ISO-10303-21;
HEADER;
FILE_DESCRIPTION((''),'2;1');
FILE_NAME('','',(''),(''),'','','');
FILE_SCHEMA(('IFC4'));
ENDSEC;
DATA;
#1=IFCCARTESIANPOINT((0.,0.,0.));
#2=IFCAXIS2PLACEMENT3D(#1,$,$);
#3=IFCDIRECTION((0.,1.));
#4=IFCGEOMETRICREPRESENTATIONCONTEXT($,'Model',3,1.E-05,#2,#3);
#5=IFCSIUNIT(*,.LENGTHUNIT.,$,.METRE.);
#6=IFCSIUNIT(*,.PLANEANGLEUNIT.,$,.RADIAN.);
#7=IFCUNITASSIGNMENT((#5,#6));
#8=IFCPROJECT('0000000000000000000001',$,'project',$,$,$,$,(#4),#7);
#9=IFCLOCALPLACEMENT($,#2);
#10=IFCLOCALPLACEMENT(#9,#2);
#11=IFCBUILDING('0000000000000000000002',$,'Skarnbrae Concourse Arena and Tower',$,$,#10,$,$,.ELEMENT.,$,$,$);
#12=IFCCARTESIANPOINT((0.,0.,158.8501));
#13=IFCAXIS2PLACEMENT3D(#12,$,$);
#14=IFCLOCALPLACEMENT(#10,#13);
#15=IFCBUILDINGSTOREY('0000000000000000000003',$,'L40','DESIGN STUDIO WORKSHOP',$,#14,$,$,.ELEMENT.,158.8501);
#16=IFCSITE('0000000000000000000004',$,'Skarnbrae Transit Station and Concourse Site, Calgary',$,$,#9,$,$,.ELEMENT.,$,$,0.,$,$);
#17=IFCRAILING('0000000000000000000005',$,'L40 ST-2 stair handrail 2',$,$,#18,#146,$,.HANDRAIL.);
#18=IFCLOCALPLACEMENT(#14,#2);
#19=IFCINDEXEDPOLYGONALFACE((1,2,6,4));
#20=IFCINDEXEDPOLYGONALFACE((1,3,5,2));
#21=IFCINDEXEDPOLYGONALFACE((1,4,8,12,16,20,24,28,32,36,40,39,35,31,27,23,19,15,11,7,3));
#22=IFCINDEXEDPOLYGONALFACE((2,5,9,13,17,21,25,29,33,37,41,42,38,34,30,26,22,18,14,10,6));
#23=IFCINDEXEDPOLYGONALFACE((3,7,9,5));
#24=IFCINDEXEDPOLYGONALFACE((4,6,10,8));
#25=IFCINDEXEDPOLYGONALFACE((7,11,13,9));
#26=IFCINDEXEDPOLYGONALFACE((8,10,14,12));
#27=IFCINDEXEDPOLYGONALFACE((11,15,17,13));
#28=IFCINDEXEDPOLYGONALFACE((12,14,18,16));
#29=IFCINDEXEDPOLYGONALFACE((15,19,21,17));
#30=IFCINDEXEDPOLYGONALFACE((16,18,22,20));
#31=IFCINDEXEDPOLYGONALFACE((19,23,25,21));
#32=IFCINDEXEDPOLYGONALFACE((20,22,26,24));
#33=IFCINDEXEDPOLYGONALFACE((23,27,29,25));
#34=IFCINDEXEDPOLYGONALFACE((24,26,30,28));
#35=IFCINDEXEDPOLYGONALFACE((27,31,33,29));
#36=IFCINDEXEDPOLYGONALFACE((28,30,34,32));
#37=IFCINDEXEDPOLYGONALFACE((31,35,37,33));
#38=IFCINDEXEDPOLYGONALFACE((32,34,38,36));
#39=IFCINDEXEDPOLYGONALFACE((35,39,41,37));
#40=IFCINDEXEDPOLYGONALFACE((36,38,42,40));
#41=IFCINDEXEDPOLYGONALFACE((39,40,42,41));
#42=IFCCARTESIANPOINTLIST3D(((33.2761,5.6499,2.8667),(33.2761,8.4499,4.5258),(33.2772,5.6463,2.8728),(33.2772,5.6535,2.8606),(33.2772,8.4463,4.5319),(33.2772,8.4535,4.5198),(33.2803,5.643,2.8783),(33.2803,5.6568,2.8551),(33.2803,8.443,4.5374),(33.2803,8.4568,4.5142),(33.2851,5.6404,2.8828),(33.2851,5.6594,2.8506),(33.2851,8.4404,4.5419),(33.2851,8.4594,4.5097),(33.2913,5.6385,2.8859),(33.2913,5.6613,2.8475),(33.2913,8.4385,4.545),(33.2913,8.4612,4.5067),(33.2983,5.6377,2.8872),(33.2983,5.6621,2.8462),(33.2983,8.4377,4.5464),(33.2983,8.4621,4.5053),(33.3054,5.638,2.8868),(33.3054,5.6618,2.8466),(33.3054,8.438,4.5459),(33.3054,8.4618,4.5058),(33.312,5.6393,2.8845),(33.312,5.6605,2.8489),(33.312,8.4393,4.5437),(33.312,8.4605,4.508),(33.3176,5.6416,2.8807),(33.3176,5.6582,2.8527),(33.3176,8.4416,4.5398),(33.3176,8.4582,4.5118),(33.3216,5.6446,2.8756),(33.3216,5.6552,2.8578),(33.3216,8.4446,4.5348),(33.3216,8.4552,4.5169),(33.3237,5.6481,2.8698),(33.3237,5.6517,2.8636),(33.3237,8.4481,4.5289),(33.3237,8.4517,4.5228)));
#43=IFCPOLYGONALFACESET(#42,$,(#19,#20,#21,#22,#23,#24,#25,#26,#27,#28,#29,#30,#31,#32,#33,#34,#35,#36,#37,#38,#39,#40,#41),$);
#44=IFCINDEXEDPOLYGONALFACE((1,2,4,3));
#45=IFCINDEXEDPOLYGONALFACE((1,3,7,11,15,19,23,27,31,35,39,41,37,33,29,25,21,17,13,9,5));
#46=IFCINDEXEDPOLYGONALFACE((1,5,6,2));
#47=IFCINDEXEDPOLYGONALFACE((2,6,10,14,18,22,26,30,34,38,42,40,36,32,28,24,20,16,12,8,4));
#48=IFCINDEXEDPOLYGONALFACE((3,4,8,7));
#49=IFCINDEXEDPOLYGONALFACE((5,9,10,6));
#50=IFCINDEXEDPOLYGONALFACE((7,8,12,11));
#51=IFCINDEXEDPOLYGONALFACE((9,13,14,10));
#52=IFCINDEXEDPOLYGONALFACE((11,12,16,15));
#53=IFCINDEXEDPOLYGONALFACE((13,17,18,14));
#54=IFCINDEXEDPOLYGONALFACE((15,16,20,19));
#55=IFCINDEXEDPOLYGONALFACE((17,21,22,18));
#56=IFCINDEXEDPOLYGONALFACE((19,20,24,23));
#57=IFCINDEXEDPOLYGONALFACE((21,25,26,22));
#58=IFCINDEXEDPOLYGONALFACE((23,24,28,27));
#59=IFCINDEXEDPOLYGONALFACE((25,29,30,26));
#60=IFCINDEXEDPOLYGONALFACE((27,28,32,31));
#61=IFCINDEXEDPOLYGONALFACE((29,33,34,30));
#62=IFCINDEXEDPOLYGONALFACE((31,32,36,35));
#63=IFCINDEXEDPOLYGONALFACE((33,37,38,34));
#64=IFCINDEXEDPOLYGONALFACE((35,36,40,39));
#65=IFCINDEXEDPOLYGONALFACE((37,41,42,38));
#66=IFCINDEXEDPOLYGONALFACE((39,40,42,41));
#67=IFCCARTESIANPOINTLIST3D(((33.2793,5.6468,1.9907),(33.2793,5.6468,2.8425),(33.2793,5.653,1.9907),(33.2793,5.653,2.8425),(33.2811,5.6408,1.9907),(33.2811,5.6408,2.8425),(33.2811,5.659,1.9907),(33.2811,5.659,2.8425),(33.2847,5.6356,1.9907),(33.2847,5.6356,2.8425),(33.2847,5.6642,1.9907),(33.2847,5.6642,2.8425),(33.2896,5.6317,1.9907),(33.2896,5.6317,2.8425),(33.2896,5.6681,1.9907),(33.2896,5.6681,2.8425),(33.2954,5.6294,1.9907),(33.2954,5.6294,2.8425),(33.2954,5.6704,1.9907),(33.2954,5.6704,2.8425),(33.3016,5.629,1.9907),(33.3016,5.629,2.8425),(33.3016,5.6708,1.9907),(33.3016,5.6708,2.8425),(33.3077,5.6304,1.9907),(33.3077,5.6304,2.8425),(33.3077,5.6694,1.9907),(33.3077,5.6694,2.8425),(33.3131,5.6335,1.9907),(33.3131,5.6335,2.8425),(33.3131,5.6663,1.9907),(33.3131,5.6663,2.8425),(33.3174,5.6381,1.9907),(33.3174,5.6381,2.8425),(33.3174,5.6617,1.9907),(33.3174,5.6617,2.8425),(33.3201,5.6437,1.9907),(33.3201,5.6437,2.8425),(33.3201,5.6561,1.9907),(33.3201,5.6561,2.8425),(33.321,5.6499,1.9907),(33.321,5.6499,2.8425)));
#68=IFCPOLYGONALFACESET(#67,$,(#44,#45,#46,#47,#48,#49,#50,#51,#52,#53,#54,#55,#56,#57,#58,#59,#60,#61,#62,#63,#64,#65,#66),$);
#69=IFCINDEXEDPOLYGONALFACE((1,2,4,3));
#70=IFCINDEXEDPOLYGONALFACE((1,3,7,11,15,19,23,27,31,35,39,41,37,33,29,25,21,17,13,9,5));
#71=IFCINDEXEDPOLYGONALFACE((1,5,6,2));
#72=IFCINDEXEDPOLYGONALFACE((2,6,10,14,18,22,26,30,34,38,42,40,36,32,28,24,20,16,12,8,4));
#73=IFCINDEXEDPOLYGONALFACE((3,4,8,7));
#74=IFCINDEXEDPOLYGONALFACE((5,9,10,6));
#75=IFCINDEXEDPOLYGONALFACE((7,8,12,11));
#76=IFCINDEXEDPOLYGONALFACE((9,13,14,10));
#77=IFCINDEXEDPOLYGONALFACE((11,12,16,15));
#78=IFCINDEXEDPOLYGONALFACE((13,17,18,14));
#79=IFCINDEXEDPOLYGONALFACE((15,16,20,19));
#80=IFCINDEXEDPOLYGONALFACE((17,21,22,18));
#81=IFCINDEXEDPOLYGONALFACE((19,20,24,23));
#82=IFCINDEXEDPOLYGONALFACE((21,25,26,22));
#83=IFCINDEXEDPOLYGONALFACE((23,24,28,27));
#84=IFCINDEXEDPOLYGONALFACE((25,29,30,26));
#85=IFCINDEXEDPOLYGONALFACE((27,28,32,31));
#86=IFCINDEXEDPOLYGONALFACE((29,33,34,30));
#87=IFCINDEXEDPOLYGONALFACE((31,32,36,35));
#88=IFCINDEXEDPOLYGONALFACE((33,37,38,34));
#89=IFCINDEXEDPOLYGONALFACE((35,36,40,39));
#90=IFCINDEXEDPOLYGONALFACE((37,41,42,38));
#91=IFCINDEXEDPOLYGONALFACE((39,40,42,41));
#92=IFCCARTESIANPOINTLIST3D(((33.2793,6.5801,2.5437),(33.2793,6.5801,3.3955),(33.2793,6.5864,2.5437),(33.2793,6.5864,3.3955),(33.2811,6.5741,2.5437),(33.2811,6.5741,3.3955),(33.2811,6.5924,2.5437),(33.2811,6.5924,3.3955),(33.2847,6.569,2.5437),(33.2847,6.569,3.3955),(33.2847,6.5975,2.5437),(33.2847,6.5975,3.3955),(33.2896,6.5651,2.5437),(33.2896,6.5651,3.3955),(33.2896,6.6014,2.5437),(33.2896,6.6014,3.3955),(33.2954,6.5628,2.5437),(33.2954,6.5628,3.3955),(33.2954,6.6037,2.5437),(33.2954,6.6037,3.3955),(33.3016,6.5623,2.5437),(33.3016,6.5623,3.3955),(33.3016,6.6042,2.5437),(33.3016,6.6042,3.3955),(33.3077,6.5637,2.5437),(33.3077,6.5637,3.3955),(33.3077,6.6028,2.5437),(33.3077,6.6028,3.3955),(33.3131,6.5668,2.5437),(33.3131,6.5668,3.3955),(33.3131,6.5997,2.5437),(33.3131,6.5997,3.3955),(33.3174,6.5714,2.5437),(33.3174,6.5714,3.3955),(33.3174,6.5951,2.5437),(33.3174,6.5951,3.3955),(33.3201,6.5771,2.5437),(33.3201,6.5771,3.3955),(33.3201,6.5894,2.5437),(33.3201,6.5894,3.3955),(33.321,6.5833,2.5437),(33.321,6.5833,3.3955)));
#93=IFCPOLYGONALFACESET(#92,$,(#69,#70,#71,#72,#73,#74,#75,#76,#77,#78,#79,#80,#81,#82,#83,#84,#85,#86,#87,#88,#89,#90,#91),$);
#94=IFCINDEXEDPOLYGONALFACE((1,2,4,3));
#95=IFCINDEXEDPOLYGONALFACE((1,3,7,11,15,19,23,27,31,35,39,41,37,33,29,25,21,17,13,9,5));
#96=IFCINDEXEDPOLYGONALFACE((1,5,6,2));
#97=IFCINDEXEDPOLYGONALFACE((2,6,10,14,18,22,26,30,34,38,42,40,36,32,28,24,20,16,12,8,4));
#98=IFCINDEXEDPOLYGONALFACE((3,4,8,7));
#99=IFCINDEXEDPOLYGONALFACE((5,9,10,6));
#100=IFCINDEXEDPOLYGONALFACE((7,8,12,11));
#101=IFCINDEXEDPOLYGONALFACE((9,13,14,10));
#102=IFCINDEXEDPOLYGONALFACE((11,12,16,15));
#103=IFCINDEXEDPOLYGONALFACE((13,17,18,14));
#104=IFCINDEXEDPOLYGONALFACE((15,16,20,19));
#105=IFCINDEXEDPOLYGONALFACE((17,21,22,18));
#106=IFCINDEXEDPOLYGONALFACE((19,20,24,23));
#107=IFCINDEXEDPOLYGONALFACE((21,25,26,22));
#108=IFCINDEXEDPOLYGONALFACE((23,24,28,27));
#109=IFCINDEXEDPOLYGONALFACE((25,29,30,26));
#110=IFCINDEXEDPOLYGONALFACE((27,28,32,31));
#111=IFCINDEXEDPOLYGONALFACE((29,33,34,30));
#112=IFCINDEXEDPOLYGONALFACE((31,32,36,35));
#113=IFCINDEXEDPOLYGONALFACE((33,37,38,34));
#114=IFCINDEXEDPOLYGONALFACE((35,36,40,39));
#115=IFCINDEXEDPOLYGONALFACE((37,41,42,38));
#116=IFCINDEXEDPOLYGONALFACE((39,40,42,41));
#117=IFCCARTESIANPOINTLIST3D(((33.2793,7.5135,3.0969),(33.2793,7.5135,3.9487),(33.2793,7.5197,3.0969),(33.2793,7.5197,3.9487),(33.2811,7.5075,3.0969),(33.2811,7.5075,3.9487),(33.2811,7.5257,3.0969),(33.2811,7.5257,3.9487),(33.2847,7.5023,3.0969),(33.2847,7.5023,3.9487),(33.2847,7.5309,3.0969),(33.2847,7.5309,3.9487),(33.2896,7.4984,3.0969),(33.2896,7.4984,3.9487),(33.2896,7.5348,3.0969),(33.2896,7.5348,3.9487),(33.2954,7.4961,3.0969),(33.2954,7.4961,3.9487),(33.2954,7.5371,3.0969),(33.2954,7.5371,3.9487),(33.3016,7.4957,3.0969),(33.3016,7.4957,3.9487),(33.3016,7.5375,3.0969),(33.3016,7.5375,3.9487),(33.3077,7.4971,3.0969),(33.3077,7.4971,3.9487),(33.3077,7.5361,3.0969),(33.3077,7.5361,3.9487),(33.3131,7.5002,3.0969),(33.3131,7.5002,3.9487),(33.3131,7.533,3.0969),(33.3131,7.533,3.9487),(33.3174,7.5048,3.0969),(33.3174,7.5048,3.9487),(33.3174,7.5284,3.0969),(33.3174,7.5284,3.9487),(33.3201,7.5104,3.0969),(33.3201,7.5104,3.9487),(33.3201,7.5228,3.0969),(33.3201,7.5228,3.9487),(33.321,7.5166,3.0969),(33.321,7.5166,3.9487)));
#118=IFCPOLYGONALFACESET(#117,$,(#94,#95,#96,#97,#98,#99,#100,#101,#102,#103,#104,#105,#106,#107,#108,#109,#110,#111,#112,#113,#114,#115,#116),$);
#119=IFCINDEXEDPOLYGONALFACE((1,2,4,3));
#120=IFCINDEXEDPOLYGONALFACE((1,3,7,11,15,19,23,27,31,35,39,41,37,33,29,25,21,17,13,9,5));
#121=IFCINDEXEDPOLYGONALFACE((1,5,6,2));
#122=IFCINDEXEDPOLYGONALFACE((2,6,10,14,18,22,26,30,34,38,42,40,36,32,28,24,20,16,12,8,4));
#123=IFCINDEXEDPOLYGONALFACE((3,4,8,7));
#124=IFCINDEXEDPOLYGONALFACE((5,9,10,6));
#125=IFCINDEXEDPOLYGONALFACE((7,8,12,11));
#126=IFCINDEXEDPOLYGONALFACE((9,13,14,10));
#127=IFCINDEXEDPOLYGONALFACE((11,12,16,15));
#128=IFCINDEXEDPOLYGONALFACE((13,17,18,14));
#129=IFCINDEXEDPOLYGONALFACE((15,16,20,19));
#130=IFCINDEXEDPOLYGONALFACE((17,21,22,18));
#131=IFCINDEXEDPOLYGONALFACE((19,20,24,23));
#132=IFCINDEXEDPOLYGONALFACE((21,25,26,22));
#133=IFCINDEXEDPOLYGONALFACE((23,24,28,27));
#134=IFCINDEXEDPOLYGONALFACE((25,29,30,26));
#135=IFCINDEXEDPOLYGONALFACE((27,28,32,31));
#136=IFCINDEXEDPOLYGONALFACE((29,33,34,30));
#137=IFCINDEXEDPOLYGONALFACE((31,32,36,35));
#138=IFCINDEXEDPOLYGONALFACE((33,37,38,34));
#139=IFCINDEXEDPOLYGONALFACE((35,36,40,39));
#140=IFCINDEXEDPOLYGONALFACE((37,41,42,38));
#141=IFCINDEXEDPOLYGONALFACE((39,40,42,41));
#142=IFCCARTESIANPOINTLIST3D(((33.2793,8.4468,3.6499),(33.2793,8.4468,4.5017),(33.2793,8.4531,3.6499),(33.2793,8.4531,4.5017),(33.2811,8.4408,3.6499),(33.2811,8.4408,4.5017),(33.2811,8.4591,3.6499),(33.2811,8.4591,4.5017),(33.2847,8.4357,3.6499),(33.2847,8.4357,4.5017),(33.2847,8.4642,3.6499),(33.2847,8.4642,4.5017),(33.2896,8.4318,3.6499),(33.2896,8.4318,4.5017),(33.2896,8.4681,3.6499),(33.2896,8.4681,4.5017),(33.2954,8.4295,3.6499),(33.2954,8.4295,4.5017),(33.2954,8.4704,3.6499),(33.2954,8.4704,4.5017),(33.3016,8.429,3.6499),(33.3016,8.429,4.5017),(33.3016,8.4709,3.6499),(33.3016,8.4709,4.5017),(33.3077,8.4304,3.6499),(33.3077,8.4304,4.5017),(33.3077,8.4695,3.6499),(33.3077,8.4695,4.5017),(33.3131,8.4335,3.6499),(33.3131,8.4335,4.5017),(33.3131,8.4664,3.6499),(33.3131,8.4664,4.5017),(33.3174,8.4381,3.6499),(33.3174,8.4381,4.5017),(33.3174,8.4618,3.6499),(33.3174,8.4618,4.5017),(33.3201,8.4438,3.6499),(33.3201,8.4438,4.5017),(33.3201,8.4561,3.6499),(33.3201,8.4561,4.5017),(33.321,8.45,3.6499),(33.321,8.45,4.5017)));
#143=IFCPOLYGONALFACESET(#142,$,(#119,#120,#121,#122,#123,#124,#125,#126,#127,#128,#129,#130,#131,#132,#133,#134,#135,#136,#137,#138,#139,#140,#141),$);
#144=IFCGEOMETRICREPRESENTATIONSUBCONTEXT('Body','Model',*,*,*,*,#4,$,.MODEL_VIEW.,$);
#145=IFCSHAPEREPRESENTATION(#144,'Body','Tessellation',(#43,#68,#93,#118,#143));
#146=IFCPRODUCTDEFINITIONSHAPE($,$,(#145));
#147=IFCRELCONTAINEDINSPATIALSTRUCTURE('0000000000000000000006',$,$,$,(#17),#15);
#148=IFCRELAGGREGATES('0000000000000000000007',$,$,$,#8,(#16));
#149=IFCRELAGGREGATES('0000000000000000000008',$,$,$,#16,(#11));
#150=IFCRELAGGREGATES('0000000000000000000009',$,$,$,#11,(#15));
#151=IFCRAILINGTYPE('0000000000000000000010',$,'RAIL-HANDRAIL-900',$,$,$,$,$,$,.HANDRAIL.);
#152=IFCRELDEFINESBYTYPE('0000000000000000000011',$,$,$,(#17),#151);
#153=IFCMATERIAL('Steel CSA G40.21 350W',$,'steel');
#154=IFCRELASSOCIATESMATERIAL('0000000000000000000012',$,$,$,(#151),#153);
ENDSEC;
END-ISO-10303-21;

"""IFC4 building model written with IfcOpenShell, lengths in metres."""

from ifc_helpers import new_model, si_unit, direction, frame, origin, origin_2d, place, context, subcontext, project, spatial, circle, extrude, material, type_object, element, save


model = new_model("IFC4")

# Units and contexts
model_context = context("Model", 3, precision=1e-05, world=origin(), true_north=direction((0.0, 1.0)))
body_context = subcontext(model_context, "Body", "Model", "MODEL_VIEW")
ifc_project = project(units=[si_unit("LENGTHUNIT", "METRE"), si_unit("PLANEANGLEUNIT", "RADIAN")], contexts=[model_context])

# Site, building, storey
site_placement = place(None, origin())
site = spatial("IfcSite", under=ifc_project, at=site_placement, Name="Skarnbrae Transit Station and Concourse Site, Calgary", CompositionType="ELEMENT", RefElevation=0.0)
building_placement = place(site_placement, origin())
building = spatial("IfcBuilding", under=site, at=building_placement, Name="Skarnbrae Concourse Arena and Tower", CompositionType="ELEMENT")
storey_placement = place(building_placement, frame((0.0, 0.0, 158.8501)))
storey = spatial("IfcBuildingStorey", under=building, at=storey_placement, Name="L40", Description="DESIGN STUDIO WORKSHOP", CompositionType="ELEMENT", Elevation=158.8501)

# Shared definitions
ifc_material_1 = material(Name="Steel CSA G40.21 350W", Category="steel")

# Railing
railing_type_1 = type_object("IfcRailingType", Name="RAIL-HANDRAIL-900", PredefinedType="HANDRAIL", material=ifc_material_1)
railing_1_placement = place(storey_placement, frame((33.3, 5.6499, 1.9907)))
element("IfcRailing", 1, at=railing_1_placement, inside=storey, type_object=railing_type_1, Name="L40 ST-2 stair handrail 2", PredefinedType="HANDRAIL", context=body_context, shape_type="SweptSolid", body=[
    extrude(circle(Radius=0.0239, at=origin_2d()), frame((0.0, 0.0, 0.876), z_axis=(0.0, 0.860306, 0.509778), x_axis=(-1.0, 0.0, 0.0)), (0.0, 0.0, 1.0), 3.2546),
    extrude(circle(Radius=0.021, at=origin_2d()), origin(), (0.0, 0.0, 1.0), 0.8518),
    extrude(circle(Radius=0.021, at=origin_2d()), frame((0.0, 0.9333, 0.553)), (0.0, 0.0, 1.0), 0.8518),
    extrude(circle(Radius=0.021, at=origin_2d()), frame((0.0, 1.8667, 1.1062)), (0.0, 0.0, 1.0), 0.8518),
    extrude(circle(Radius=0.021, at=origin_2d()), frame((0.0, 2.8, 1.6592)), (0.0, 0.0, 1.0), 0.8518),
])

save(model, "model.ifc")
